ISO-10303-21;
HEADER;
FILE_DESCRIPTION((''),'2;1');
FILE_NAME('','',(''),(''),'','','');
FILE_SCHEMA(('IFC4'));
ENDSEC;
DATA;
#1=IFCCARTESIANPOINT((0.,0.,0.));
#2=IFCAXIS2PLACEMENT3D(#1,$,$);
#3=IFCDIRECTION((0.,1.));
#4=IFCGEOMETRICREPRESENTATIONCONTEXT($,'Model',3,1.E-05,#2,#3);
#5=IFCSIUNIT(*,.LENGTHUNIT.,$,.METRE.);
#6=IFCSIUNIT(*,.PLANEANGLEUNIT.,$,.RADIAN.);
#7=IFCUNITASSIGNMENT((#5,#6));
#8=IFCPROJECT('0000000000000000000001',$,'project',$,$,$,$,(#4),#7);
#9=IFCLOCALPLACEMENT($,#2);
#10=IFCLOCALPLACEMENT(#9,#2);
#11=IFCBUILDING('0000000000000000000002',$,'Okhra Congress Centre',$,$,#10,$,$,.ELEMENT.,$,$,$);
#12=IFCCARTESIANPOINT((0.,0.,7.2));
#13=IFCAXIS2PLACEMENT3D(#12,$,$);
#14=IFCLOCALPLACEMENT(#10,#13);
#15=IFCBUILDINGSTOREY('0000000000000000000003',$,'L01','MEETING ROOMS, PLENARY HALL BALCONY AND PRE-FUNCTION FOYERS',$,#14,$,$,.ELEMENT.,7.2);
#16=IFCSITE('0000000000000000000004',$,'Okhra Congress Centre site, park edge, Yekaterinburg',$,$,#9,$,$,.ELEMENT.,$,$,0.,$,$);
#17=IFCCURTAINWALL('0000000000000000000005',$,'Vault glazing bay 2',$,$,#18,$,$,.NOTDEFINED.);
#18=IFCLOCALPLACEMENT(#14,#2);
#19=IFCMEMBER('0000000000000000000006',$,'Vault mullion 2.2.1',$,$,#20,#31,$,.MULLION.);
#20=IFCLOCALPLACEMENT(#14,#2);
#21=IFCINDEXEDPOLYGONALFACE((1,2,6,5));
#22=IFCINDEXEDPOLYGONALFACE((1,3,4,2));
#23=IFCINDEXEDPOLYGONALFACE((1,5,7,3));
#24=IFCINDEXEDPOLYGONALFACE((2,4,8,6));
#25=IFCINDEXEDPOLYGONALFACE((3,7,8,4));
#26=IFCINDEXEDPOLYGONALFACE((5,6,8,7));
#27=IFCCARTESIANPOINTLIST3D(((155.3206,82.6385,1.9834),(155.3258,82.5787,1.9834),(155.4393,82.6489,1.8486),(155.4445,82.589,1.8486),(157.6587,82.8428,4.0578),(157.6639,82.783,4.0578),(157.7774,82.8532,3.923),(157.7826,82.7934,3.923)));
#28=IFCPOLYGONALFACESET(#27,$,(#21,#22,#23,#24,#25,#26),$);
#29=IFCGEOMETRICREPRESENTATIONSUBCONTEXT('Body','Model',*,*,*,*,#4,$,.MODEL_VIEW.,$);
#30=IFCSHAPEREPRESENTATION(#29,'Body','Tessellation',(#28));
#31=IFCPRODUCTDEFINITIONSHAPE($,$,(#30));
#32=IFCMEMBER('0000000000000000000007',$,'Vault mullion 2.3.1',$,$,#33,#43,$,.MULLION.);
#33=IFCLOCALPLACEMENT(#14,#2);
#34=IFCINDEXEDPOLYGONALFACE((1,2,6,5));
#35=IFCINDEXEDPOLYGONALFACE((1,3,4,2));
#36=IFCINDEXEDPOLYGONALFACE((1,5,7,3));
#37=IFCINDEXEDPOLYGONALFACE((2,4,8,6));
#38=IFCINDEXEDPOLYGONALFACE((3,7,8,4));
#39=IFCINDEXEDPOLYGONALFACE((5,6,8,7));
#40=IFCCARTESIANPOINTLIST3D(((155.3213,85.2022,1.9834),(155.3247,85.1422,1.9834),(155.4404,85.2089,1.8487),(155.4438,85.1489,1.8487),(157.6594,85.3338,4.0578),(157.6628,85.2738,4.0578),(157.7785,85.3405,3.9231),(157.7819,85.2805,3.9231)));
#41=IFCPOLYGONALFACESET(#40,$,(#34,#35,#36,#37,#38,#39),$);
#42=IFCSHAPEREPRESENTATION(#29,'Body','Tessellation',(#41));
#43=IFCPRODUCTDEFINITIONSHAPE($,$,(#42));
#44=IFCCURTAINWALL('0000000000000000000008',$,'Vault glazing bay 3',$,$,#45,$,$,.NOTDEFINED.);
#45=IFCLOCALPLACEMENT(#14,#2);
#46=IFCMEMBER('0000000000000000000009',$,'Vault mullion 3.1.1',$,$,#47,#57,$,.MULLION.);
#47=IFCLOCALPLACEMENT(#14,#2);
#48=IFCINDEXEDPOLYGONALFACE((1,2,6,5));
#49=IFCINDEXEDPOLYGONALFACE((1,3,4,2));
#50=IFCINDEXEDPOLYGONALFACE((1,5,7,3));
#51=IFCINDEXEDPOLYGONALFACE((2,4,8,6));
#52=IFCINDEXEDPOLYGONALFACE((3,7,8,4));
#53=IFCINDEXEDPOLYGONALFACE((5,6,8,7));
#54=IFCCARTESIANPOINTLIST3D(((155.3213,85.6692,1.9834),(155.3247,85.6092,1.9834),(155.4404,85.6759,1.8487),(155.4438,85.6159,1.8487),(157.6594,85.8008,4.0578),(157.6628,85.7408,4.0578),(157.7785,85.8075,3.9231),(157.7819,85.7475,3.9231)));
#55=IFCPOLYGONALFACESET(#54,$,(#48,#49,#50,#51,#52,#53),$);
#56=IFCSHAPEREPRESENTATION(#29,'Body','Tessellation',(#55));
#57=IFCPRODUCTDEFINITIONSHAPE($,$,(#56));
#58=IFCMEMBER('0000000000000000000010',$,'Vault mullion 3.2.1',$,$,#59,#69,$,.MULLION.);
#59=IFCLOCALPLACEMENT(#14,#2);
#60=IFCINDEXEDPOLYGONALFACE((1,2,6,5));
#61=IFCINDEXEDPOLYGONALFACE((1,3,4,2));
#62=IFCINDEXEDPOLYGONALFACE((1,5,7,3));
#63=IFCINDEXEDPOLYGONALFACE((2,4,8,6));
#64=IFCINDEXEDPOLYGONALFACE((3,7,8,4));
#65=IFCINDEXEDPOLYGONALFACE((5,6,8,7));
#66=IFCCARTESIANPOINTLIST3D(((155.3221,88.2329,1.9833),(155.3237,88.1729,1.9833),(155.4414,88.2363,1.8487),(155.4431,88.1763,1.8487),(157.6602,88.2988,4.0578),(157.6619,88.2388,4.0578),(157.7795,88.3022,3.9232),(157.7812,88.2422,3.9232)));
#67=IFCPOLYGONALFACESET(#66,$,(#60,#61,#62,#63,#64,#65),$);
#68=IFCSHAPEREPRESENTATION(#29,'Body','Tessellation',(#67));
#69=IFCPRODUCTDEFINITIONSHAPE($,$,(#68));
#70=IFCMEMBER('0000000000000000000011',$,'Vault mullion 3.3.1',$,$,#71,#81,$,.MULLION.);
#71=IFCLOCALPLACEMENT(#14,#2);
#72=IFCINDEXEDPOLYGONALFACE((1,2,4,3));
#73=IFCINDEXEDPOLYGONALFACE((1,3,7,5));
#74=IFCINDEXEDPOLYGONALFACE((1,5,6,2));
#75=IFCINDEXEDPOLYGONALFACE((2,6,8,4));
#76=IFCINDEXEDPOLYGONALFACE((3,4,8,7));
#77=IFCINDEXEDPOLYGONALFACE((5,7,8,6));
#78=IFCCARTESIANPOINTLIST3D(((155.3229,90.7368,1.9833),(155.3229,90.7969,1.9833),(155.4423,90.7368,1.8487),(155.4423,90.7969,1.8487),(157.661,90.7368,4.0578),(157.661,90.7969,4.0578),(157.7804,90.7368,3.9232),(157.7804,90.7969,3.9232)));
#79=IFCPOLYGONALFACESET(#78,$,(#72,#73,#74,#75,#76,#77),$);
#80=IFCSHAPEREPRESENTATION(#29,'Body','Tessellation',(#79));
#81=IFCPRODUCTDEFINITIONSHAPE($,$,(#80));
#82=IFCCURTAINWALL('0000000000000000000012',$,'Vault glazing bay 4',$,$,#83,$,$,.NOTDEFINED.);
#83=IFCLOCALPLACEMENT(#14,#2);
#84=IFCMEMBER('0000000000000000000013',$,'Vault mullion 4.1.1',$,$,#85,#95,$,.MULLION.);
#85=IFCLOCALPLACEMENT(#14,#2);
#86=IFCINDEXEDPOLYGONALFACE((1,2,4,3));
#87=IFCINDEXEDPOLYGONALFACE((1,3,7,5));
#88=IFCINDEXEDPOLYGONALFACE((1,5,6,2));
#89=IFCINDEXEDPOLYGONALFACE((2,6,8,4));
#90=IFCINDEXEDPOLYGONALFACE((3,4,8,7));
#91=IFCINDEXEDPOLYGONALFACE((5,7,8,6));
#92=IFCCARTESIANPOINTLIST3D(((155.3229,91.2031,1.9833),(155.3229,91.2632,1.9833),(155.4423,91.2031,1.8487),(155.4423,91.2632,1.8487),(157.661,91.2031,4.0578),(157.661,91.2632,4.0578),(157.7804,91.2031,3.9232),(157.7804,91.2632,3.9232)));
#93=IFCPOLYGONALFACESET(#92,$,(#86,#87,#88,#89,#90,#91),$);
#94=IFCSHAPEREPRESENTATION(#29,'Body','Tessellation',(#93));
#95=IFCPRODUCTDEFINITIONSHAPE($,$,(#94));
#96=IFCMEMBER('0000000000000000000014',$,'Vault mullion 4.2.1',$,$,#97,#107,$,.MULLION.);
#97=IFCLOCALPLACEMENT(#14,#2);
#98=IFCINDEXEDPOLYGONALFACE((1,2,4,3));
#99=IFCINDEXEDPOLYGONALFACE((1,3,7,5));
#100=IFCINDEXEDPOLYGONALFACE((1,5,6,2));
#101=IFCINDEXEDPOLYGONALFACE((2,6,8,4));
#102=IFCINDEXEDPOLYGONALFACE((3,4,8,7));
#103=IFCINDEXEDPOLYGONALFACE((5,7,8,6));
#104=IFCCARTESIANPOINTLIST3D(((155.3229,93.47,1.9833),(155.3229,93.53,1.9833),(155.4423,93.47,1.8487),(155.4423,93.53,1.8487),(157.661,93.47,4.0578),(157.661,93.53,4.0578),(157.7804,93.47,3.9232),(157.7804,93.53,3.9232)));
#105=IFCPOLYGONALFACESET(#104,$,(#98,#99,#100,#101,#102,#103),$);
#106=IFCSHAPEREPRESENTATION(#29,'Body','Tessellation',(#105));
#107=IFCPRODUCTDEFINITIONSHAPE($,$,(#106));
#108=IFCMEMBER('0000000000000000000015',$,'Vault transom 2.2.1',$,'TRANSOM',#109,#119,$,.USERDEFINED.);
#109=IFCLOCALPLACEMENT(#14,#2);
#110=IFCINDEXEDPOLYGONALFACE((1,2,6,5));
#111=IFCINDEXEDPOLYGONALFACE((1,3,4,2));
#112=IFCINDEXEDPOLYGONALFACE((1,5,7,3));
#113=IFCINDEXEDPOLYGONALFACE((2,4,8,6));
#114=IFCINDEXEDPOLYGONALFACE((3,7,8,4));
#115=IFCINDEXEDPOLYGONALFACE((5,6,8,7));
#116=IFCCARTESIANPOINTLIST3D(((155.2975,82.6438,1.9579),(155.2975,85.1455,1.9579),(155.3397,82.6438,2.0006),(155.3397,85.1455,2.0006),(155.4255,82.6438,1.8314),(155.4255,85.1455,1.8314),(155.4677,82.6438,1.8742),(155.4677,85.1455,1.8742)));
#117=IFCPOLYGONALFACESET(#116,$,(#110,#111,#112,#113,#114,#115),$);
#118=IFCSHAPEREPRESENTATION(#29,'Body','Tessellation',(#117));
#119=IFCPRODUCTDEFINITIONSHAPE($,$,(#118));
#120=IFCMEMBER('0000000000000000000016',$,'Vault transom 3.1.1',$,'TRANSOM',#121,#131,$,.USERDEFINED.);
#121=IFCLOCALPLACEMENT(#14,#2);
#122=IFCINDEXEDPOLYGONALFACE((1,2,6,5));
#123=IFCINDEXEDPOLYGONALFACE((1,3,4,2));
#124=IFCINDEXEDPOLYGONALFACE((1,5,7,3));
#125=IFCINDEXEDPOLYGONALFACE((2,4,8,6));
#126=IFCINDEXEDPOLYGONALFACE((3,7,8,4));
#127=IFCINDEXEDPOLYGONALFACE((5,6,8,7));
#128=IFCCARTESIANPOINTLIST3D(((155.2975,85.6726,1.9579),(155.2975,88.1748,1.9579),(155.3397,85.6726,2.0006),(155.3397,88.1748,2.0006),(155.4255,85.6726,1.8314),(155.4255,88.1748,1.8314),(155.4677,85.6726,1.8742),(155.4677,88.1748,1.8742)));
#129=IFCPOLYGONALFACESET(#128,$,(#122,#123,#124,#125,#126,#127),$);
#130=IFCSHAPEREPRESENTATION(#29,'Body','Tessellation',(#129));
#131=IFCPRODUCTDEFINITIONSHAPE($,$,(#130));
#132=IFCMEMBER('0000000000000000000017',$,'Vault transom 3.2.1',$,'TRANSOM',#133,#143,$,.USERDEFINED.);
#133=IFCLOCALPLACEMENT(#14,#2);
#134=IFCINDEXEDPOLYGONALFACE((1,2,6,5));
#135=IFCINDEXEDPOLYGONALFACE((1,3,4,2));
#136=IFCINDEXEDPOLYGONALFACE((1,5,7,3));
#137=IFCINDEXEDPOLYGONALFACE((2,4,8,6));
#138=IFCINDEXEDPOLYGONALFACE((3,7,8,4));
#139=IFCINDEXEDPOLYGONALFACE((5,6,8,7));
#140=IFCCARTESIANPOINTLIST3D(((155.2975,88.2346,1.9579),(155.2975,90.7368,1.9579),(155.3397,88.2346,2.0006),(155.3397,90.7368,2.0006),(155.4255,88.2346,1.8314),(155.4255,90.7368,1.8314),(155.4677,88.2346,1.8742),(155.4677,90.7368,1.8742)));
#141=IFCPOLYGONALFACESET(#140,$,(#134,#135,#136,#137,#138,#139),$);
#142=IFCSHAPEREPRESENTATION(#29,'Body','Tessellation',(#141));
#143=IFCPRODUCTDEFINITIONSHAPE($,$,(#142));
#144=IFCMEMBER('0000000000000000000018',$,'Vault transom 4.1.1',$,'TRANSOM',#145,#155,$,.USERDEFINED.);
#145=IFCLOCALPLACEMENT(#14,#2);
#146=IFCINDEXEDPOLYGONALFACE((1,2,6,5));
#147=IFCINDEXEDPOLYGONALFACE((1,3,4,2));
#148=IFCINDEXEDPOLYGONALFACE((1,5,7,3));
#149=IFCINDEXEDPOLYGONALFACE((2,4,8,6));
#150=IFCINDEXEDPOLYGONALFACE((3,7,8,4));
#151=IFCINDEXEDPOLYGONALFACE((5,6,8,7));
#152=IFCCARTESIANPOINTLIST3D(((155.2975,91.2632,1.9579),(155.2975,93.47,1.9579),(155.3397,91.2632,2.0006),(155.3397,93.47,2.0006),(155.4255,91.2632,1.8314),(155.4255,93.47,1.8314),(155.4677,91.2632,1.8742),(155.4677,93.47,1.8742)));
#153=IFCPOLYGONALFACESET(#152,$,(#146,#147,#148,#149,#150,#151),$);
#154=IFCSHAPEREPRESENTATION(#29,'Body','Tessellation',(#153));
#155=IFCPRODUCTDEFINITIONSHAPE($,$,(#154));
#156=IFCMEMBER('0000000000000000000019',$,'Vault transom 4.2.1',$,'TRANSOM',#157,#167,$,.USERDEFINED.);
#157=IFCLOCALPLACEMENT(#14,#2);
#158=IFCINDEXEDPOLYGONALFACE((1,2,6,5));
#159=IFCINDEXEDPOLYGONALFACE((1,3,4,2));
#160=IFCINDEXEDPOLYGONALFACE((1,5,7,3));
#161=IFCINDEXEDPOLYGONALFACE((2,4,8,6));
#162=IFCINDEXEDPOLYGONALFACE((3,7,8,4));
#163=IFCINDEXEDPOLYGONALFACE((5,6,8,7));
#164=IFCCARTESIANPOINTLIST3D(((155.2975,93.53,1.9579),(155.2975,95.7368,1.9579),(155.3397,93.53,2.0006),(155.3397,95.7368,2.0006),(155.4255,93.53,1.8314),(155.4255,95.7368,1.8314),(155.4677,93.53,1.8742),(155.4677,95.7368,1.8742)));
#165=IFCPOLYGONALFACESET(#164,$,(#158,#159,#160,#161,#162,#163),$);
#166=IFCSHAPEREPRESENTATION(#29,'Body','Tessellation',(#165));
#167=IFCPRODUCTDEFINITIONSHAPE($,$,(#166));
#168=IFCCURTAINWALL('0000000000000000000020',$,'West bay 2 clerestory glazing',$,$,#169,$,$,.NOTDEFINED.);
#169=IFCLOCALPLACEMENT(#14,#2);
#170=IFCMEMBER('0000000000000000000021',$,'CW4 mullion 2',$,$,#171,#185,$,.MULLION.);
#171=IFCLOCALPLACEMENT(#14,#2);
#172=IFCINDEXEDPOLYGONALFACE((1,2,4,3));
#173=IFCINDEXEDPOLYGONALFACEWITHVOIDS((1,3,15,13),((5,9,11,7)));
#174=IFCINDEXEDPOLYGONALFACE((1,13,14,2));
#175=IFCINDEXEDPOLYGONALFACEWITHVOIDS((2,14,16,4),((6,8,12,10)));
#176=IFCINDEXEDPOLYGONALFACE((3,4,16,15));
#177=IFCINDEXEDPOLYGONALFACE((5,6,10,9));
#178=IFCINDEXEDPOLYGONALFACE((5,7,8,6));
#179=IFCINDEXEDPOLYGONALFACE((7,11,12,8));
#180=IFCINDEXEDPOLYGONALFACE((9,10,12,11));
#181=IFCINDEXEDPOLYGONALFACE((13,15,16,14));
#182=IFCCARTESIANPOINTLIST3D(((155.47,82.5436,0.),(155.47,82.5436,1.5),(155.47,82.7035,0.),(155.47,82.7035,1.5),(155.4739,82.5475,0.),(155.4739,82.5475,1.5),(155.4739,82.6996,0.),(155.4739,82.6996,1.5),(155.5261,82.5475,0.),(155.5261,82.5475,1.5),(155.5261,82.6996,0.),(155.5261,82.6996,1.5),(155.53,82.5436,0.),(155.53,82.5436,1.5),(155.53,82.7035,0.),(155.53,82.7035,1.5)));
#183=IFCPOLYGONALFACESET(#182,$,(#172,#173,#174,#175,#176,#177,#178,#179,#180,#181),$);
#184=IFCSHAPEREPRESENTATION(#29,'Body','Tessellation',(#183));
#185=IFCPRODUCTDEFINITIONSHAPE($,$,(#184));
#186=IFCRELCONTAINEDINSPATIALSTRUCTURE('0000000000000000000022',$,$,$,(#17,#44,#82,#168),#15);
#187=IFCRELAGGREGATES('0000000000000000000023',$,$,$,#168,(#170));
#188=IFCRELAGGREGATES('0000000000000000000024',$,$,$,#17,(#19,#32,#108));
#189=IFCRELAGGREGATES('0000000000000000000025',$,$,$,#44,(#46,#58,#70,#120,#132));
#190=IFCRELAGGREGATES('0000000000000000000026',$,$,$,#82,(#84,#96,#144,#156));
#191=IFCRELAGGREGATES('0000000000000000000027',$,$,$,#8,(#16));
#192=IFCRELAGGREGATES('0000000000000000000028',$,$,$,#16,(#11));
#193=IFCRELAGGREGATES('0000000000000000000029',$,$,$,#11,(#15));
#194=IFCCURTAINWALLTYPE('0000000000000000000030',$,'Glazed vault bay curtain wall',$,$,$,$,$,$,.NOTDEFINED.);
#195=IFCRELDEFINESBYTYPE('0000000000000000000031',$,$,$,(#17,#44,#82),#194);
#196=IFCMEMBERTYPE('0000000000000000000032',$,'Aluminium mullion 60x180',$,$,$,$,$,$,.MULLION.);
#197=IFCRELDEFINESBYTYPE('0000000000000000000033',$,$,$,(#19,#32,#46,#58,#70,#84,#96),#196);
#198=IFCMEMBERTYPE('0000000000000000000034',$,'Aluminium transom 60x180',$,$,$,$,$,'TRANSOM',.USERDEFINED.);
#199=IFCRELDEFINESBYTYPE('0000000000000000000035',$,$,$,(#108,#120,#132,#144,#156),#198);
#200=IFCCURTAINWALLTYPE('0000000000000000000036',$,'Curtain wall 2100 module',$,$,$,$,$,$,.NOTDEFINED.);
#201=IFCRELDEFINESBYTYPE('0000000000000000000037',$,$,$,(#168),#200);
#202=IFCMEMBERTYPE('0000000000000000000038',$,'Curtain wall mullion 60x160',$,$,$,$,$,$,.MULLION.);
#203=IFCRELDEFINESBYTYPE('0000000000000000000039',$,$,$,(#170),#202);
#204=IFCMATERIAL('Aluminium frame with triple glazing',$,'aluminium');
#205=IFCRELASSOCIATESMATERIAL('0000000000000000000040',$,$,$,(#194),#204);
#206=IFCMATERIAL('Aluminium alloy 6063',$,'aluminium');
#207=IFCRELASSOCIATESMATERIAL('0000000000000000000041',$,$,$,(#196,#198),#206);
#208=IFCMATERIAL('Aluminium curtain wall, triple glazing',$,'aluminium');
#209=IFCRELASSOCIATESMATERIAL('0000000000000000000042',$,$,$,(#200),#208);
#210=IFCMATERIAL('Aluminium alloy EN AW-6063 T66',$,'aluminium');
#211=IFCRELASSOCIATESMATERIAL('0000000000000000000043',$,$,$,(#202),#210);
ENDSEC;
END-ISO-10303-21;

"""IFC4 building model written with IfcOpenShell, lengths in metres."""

from ifc_helpers import new_model, si_unit, direction, frame, origin, origin_2d, place, context, subcontext, project, spatial, rectangle, hollow_rectangle, extrude, material, material_profile, profile_set, type_object, element, aggregate, save


model = new_model("IFC4")

# Units and contexts
model_context = context("Model", 3, precision=1e-05, world=origin(), true_north=direction((0.0, 1.0)))
body_context = subcontext(model_context, "Body", "Model", "MODEL_VIEW")
ifc_project = project(units=[si_unit("LENGTHUNIT", "METRE"), si_unit("PLANEANGLEUNIT", "RADIAN")], contexts=[model_context])

# Site, building, storey
site_placement = place(None, origin())
site = spatial("IfcSite", under=ifc_project, at=site_placement, Name="Okhra Congress Centre site, park edge, Yekaterinburg", CompositionType="ELEMENT", RefElevation=0.0)
building_placement = place(site_placement, origin())
building = spatial("IfcBuilding", under=site, at=building_placement, Name="Okhra Congress Centre", CompositionType="ELEMENT")
storey_placement = place(building_placement, frame((0.0, 0.0, 7.2)))
storey = spatial("IfcBuildingStorey", under=building, at=storey_placement, Name="L01", Description="MEETING ROOMS, PLENARY HALL BALCONY AND PRE-FUNCTION FOYERS", CompositionType="ELEMENT", Elevation=7.2)

# Curtain walls, members
ifc_material_1 = material(Name="Aluminium frame with triple glazing", Category="aluminium")
curtain_wall_type_1 = type_object("IfcCurtainWallType", Name="Glazed vault bay curtain wall", PredefinedType="NOTDEFINED", material=ifc_material_1)
curtain_wall_1_placement = place(storey_placement, origin())
curtain_wall_1 = element("IfcCurtainWall", 1, at=curtain_wall_1_placement, inside=storey, type_object=curtain_wall_type_1, Name="Vault glazing bay 2", PredefinedType="NOTDEFINED")
ifc_material_2 = material(Name="Aluminium alloy 6063", Category="aluminium")
ifc_material_profile_1 = material_profile(ifc_material_2, rectangle(XDim=0.0601, YDim=0.1799, at=origin_2d()), Name="AL 60x180")
ifc_profile_set_1 = profile_set([ifc_material_profile_1], Name="Aluminium alloy 6063")
member_type_1 = type_object("IfcMemberType", Name="Aluminium mullion 60x180", PredefinedType="MULLION", material=ifc_profile_set_1)
member_1_placement = place(storey_placement, frame((155.3826, 82.6138, 1.916), z_axis=(0.746432, 0.065236, 0.662257), x_axis=(-0.087065, 0.996203, 0.0)))
member_1 = element("IfcMember", 2, at=member_1_placement, type_object=member_type_1, Name="Vault mullion 2.2.1", PredefinedType="MULLION", context=body_context, shape_type="SweptSolid", body=[
    extrude(rectangle(XDim=0.0601, YDim=0.1799, at=origin_2d()), origin(), (0.0, 0.0, 1.0), 3.1323),
])
member_2_placement = place(storey_placement, frame((155.3826, 85.1755, 1.916), z_axis=(0.747363, 0.042062, 0.663083), x_axis=(-0.056192, 0.99842, 0.0)))
member_2 = element("IfcMember", 3, at=member_2_placement, type_object=member_type_1, Name="Vault mullion 2.3.1", PredefinedType="MULLION", context=body_context, shape_type="SweptSolid", body=[
    extrude(rectangle(XDim=0.0601, YDim=0.1799, at=origin_2d()), origin(), (0.0, 0.0, 1.0), 3.1284),
])
curtain_wall_2_placement = place(storey_placement, origin())
curtain_wall_2 = element("IfcCurtainWall", 4, at=curtain_wall_2_placement, inside=storey, type_object=curtain_wall_type_1, Name="Vault glazing bay 3", PredefinedType="NOTDEFINED")
member_3_placement = place(storey_placement, frame((155.3826, 85.6426, 1.916), z_axis=(0.747363, 0.042062, 0.663083), x_axis=(-0.056192, 0.99842, 0.0)))
member_3 = element("IfcMember", 5, at=member_3_placement, type_object=member_type_1, Name="Vault mullion 3.1.1", PredefinedType="MULLION", context=body_context, shape_type="SweptSolid", body=[
    extrude(rectangle(XDim=0.0601, YDim=0.1799, at=origin_2d()), origin(), (0.0, 0.0, 1.0), 3.1284),
])
member_4_placement = place(storey_placement, frame((155.3826, 88.2046, 1.916), z_axis=(0.747859, 0.021084, 0.663523), x_axis=(-0.028181, 0.999603, 0.0)))
member_4 = element("IfcMember", 6, at=member_4_placement, type_object=member_type_1, Name="Vault mullion 3.2.1", PredefinedType="MULLION", context=body_context, shape_type="SweptSolid", body=[
    extrude(rectangle(XDim=0.0601, YDim=0.1799, at=origin_2d()), origin(), (0.0, 0.0, 1.0), 3.1265),
])
member_5_placement = place(storey_placement, frame((155.3826, 90.7668, 1.916), z_axis=(0.748025, 0.0, 0.66367), x_axis=(0.0, 1.0, 0.0)))
member_5 = element("IfcMember", 7, at=member_5_placement, type_object=member_type_1, Name="Vault mullion 3.3.1", PredefinedType="MULLION", context=body_context, shape_type="SweptSolid", body=[
    extrude(rectangle(XDim=0.0601, YDim=0.1799, at=origin_2d()), origin(), (0.0, 0.0, 1.0), 3.1257),
])
curtain_wall_3_placement = place(storey_placement, origin())
curtain_wall_3 = element("IfcCurtainWall", 8, at=curtain_wall_3_placement, inside=storey, type_object=curtain_wall_type_1, Name="Vault glazing bay 4", PredefinedType="NOTDEFINED")
member_6_placement = place(storey_placement, frame((155.3826, 91.2332, 1.916), z_axis=(0.748025, 0.0, 0.66367), x_axis=(0.0, 1.0, 0.0)))
member_6 = element("IfcMember", 9, at=member_6_placement, type_object=member_type_1, Name="Vault mullion 4.1.1", PredefinedType="MULLION", context=body_context, shape_type="SweptSolid", body=[
    extrude(rectangle(XDim=0.0601, YDim=0.1799, at=origin_2d()), origin(), (0.0, 0.0, 1.0), 3.1257),
])
member_7_placement = place(storey_placement, frame((155.3826, 93.5, 1.916), z_axis=(0.748025, 0.0, 0.66367), x_axis=(0.0, 1.0, 0.0)))
member_7 = element("IfcMember", 10, at=member_7_placement, type_object=member_type_1, Name="Vault mullion 4.2.1", PredefinedType="MULLION", context=body_context, shape_type="SweptSolid", body=[
    extrude(rectangle(XDim=0.0601, YDim=0.1799, at=origin_2d()), origin(), (0.0, 0.0, 1.0), 3.1257),
])

# Members
ifc_material_profile_2 = material_profile(ifc_material_2, rectangle(XDim=0.0601, YDim=0.1799, at=origin_2d()), Name="AL 60x180 transom")
ifc_profile_set_2 = profile_set([ifc_material_profile_2], Name="Aluminium alloy 6063")
member_type_2 = type_object("IfcMemberType", Name="Aluminium transom 60x180", ElementType="TRANSOM", PredefinedType="USERDEFINED", material=ifc_profile_set_2)
member_8_placement = place(storey_placement, frame((155.3826, 82.6438, 1.916), z_axis=(0.0, 1.0, 0.0), x_axis=(-0.702636, 0.0, -0.711549)))
member_8 = element("IfcMember", 11, at=member_8_placement, type_object=member_type_2, Name="Vault transom 2.2.1", ObjectType="TRANSOM", PredefinedType="USERDEFINED", context=body_context, shape_type="SweptSolid", body=[
    extrude(rectangle(XDim=0.0601, YDim=0.1799, at=origin_2d()), origin(), (0.0, 0.0, 1.0), 2.5017),
])
member_9_placement = place(storey_placement, frame((155.3826, 85.6726, 1.916), z_axis=(0.0, 1.0, 0.0), x_axis=(-0.702636, 0.0, -0.711549)))
member_9 = element("IfcMember", 12, at=member_9_placement, type_object=member_type_2, Name="Vault transom 3.1.1", ObjectType="TRANSOM", PredefinedType="USERDEFINED", context=body_context, shape_type="SweptSolid", body=[
    extrude(rectangle(XDim=0.0601, YDim=0.1799, at=origin_2d()), origin(), (0.0, 0.0, 1.0), 2.5022),
])
member_10_placement = place(storey_placement, frame((155.3826, 88.2346, 1.916), z_axis=(0.0, 1.0, 0.0), x_axis=(-0.702636, 0.0, -0.711549)))
member_10 = element("IfcMember", 13, at=member_10_placement, type_object=member_type_2, Name="Vault transom 3.2.1", ObjectType="TRANSOM", PredefinedType="USERDEFINED", context=body_context, shape_type="SweptSolid", body=[
    extrude(rectangle(XDim=0.0601, YDim=0.1799, at=origin_2d()), origin(), (0.0, 0.0, 1.0), 2.5022),
])
member_11_placement = place(storey_placement, frame((155.3826, 91.2632, 1.916), z_axis=(0.0, 1.0, 0.0), x_axis=(-0.702636, 0.0, -0.711549)))
member_11 = element("IfcMember", 14, at=member_11_placement, type_object=member_type_2, Name="Vault transom 4.1.1", ObjectType="TRANSOM", PredefinedType="USERDEFINED", context=body_context, shape_type="SweptSolid", body=[
    extrude(rectangle(XDim=0.0601, YDim=0.1799, at=origin_2d()), origin(), (0.0, 0.0, 1.0), 2.2068),
])
member_12_placement = place(storey_placement, frame((155.3826, 93.53, 1.916), z_axis=(0.0, 1.0, 0.0), x_axis=(-0.702636, 0.0, -0.711549)))
member_12 = element("IfcMember", 15, at=member_12_placement, type_object=member_type_2, Name="Vault transom 4.2.1", ObjectType="TRANSOM", PredefinedType="USERDEFINED", context=body_context, shape_type="SweptSolid", body=[
    extrude(rectangle(XDim=0.0601, YDim=0.1799, at=origin_2d()), origin(), (0.0, 0.0, 1.0), 2.2068),
])

# Curtain wall, member
ifc_material_3 = material(Name="Aluminium curtain wall, triple glazing", Category="aluminium")
curtain_wall_type_2 = type_object("IfcCurtainWallType", Name="Curtain wall 2100 module", PredefinedType="NOTDEFINED", material=ifc_material_3)
curtain_wall_4_placement = place(storey_placement, origin())
curtain_wall_4 = element("IfcCurtainWall", 16, at=curtain_wall_4_placement, inside=storey, type_object=curtain_wall_type_2, Name="West bay 2 clerestory glazing", PredefinedType="NOTDEFINED")
ifc_material_4 = material(Name="Aluminium alloy EN AW-6063 T66", Category="aluminium")
ifc_material_profile_3 = material_profile(ifc_material_4, hollow_rectangle(XDim=0.0601, YDim=0.1599, WallThickness=0.0039, at=origin_2d()), Name="RHS 60x160x4")
ifc_profile_set_3 = profile_set([ifc_material_profile_3], Name="Aluminium alloy EN AW-6063 T66")
member_type_3 = type_object("IfcMemberType", Name="Curtain wall mullion 60x160", PredefinedType="MULLION", material=ifc_profile_set_3)
member_13_placement = place(storey_placement, frame((155.5, 82.6235, 0.0), z_axis=(0.0, 0.0, 1.0), x_axis=(-1.0, 0.0, 0.0)))
member_13 = element("IfcMember", 17, at=member_13_placement, type_object=member_type_3, Name="CW4 mullion 2", PredefinedType="MULLION", context=body_context, shape_type="SweptSolid", body=[
    extrude(hollow_rectangle(XDim=0.0601, YDim=0.1599, WallThickness=0.0039, at=origin_2d()), origin(), (0.0, 0.0, 1.0), 1.5),
])
aggregate(curtain_wall_4, [member_13])

aggregate(curtain_wall_1, [member_1, member_2, member_8])
aggregate(curtain_wall_2, [member_3, member_4, member_5, member_9, member_10])
aggregate(curtain_wall_3, [member_6, member_7, member_11, member_12])

save(model, "model.ifc")
